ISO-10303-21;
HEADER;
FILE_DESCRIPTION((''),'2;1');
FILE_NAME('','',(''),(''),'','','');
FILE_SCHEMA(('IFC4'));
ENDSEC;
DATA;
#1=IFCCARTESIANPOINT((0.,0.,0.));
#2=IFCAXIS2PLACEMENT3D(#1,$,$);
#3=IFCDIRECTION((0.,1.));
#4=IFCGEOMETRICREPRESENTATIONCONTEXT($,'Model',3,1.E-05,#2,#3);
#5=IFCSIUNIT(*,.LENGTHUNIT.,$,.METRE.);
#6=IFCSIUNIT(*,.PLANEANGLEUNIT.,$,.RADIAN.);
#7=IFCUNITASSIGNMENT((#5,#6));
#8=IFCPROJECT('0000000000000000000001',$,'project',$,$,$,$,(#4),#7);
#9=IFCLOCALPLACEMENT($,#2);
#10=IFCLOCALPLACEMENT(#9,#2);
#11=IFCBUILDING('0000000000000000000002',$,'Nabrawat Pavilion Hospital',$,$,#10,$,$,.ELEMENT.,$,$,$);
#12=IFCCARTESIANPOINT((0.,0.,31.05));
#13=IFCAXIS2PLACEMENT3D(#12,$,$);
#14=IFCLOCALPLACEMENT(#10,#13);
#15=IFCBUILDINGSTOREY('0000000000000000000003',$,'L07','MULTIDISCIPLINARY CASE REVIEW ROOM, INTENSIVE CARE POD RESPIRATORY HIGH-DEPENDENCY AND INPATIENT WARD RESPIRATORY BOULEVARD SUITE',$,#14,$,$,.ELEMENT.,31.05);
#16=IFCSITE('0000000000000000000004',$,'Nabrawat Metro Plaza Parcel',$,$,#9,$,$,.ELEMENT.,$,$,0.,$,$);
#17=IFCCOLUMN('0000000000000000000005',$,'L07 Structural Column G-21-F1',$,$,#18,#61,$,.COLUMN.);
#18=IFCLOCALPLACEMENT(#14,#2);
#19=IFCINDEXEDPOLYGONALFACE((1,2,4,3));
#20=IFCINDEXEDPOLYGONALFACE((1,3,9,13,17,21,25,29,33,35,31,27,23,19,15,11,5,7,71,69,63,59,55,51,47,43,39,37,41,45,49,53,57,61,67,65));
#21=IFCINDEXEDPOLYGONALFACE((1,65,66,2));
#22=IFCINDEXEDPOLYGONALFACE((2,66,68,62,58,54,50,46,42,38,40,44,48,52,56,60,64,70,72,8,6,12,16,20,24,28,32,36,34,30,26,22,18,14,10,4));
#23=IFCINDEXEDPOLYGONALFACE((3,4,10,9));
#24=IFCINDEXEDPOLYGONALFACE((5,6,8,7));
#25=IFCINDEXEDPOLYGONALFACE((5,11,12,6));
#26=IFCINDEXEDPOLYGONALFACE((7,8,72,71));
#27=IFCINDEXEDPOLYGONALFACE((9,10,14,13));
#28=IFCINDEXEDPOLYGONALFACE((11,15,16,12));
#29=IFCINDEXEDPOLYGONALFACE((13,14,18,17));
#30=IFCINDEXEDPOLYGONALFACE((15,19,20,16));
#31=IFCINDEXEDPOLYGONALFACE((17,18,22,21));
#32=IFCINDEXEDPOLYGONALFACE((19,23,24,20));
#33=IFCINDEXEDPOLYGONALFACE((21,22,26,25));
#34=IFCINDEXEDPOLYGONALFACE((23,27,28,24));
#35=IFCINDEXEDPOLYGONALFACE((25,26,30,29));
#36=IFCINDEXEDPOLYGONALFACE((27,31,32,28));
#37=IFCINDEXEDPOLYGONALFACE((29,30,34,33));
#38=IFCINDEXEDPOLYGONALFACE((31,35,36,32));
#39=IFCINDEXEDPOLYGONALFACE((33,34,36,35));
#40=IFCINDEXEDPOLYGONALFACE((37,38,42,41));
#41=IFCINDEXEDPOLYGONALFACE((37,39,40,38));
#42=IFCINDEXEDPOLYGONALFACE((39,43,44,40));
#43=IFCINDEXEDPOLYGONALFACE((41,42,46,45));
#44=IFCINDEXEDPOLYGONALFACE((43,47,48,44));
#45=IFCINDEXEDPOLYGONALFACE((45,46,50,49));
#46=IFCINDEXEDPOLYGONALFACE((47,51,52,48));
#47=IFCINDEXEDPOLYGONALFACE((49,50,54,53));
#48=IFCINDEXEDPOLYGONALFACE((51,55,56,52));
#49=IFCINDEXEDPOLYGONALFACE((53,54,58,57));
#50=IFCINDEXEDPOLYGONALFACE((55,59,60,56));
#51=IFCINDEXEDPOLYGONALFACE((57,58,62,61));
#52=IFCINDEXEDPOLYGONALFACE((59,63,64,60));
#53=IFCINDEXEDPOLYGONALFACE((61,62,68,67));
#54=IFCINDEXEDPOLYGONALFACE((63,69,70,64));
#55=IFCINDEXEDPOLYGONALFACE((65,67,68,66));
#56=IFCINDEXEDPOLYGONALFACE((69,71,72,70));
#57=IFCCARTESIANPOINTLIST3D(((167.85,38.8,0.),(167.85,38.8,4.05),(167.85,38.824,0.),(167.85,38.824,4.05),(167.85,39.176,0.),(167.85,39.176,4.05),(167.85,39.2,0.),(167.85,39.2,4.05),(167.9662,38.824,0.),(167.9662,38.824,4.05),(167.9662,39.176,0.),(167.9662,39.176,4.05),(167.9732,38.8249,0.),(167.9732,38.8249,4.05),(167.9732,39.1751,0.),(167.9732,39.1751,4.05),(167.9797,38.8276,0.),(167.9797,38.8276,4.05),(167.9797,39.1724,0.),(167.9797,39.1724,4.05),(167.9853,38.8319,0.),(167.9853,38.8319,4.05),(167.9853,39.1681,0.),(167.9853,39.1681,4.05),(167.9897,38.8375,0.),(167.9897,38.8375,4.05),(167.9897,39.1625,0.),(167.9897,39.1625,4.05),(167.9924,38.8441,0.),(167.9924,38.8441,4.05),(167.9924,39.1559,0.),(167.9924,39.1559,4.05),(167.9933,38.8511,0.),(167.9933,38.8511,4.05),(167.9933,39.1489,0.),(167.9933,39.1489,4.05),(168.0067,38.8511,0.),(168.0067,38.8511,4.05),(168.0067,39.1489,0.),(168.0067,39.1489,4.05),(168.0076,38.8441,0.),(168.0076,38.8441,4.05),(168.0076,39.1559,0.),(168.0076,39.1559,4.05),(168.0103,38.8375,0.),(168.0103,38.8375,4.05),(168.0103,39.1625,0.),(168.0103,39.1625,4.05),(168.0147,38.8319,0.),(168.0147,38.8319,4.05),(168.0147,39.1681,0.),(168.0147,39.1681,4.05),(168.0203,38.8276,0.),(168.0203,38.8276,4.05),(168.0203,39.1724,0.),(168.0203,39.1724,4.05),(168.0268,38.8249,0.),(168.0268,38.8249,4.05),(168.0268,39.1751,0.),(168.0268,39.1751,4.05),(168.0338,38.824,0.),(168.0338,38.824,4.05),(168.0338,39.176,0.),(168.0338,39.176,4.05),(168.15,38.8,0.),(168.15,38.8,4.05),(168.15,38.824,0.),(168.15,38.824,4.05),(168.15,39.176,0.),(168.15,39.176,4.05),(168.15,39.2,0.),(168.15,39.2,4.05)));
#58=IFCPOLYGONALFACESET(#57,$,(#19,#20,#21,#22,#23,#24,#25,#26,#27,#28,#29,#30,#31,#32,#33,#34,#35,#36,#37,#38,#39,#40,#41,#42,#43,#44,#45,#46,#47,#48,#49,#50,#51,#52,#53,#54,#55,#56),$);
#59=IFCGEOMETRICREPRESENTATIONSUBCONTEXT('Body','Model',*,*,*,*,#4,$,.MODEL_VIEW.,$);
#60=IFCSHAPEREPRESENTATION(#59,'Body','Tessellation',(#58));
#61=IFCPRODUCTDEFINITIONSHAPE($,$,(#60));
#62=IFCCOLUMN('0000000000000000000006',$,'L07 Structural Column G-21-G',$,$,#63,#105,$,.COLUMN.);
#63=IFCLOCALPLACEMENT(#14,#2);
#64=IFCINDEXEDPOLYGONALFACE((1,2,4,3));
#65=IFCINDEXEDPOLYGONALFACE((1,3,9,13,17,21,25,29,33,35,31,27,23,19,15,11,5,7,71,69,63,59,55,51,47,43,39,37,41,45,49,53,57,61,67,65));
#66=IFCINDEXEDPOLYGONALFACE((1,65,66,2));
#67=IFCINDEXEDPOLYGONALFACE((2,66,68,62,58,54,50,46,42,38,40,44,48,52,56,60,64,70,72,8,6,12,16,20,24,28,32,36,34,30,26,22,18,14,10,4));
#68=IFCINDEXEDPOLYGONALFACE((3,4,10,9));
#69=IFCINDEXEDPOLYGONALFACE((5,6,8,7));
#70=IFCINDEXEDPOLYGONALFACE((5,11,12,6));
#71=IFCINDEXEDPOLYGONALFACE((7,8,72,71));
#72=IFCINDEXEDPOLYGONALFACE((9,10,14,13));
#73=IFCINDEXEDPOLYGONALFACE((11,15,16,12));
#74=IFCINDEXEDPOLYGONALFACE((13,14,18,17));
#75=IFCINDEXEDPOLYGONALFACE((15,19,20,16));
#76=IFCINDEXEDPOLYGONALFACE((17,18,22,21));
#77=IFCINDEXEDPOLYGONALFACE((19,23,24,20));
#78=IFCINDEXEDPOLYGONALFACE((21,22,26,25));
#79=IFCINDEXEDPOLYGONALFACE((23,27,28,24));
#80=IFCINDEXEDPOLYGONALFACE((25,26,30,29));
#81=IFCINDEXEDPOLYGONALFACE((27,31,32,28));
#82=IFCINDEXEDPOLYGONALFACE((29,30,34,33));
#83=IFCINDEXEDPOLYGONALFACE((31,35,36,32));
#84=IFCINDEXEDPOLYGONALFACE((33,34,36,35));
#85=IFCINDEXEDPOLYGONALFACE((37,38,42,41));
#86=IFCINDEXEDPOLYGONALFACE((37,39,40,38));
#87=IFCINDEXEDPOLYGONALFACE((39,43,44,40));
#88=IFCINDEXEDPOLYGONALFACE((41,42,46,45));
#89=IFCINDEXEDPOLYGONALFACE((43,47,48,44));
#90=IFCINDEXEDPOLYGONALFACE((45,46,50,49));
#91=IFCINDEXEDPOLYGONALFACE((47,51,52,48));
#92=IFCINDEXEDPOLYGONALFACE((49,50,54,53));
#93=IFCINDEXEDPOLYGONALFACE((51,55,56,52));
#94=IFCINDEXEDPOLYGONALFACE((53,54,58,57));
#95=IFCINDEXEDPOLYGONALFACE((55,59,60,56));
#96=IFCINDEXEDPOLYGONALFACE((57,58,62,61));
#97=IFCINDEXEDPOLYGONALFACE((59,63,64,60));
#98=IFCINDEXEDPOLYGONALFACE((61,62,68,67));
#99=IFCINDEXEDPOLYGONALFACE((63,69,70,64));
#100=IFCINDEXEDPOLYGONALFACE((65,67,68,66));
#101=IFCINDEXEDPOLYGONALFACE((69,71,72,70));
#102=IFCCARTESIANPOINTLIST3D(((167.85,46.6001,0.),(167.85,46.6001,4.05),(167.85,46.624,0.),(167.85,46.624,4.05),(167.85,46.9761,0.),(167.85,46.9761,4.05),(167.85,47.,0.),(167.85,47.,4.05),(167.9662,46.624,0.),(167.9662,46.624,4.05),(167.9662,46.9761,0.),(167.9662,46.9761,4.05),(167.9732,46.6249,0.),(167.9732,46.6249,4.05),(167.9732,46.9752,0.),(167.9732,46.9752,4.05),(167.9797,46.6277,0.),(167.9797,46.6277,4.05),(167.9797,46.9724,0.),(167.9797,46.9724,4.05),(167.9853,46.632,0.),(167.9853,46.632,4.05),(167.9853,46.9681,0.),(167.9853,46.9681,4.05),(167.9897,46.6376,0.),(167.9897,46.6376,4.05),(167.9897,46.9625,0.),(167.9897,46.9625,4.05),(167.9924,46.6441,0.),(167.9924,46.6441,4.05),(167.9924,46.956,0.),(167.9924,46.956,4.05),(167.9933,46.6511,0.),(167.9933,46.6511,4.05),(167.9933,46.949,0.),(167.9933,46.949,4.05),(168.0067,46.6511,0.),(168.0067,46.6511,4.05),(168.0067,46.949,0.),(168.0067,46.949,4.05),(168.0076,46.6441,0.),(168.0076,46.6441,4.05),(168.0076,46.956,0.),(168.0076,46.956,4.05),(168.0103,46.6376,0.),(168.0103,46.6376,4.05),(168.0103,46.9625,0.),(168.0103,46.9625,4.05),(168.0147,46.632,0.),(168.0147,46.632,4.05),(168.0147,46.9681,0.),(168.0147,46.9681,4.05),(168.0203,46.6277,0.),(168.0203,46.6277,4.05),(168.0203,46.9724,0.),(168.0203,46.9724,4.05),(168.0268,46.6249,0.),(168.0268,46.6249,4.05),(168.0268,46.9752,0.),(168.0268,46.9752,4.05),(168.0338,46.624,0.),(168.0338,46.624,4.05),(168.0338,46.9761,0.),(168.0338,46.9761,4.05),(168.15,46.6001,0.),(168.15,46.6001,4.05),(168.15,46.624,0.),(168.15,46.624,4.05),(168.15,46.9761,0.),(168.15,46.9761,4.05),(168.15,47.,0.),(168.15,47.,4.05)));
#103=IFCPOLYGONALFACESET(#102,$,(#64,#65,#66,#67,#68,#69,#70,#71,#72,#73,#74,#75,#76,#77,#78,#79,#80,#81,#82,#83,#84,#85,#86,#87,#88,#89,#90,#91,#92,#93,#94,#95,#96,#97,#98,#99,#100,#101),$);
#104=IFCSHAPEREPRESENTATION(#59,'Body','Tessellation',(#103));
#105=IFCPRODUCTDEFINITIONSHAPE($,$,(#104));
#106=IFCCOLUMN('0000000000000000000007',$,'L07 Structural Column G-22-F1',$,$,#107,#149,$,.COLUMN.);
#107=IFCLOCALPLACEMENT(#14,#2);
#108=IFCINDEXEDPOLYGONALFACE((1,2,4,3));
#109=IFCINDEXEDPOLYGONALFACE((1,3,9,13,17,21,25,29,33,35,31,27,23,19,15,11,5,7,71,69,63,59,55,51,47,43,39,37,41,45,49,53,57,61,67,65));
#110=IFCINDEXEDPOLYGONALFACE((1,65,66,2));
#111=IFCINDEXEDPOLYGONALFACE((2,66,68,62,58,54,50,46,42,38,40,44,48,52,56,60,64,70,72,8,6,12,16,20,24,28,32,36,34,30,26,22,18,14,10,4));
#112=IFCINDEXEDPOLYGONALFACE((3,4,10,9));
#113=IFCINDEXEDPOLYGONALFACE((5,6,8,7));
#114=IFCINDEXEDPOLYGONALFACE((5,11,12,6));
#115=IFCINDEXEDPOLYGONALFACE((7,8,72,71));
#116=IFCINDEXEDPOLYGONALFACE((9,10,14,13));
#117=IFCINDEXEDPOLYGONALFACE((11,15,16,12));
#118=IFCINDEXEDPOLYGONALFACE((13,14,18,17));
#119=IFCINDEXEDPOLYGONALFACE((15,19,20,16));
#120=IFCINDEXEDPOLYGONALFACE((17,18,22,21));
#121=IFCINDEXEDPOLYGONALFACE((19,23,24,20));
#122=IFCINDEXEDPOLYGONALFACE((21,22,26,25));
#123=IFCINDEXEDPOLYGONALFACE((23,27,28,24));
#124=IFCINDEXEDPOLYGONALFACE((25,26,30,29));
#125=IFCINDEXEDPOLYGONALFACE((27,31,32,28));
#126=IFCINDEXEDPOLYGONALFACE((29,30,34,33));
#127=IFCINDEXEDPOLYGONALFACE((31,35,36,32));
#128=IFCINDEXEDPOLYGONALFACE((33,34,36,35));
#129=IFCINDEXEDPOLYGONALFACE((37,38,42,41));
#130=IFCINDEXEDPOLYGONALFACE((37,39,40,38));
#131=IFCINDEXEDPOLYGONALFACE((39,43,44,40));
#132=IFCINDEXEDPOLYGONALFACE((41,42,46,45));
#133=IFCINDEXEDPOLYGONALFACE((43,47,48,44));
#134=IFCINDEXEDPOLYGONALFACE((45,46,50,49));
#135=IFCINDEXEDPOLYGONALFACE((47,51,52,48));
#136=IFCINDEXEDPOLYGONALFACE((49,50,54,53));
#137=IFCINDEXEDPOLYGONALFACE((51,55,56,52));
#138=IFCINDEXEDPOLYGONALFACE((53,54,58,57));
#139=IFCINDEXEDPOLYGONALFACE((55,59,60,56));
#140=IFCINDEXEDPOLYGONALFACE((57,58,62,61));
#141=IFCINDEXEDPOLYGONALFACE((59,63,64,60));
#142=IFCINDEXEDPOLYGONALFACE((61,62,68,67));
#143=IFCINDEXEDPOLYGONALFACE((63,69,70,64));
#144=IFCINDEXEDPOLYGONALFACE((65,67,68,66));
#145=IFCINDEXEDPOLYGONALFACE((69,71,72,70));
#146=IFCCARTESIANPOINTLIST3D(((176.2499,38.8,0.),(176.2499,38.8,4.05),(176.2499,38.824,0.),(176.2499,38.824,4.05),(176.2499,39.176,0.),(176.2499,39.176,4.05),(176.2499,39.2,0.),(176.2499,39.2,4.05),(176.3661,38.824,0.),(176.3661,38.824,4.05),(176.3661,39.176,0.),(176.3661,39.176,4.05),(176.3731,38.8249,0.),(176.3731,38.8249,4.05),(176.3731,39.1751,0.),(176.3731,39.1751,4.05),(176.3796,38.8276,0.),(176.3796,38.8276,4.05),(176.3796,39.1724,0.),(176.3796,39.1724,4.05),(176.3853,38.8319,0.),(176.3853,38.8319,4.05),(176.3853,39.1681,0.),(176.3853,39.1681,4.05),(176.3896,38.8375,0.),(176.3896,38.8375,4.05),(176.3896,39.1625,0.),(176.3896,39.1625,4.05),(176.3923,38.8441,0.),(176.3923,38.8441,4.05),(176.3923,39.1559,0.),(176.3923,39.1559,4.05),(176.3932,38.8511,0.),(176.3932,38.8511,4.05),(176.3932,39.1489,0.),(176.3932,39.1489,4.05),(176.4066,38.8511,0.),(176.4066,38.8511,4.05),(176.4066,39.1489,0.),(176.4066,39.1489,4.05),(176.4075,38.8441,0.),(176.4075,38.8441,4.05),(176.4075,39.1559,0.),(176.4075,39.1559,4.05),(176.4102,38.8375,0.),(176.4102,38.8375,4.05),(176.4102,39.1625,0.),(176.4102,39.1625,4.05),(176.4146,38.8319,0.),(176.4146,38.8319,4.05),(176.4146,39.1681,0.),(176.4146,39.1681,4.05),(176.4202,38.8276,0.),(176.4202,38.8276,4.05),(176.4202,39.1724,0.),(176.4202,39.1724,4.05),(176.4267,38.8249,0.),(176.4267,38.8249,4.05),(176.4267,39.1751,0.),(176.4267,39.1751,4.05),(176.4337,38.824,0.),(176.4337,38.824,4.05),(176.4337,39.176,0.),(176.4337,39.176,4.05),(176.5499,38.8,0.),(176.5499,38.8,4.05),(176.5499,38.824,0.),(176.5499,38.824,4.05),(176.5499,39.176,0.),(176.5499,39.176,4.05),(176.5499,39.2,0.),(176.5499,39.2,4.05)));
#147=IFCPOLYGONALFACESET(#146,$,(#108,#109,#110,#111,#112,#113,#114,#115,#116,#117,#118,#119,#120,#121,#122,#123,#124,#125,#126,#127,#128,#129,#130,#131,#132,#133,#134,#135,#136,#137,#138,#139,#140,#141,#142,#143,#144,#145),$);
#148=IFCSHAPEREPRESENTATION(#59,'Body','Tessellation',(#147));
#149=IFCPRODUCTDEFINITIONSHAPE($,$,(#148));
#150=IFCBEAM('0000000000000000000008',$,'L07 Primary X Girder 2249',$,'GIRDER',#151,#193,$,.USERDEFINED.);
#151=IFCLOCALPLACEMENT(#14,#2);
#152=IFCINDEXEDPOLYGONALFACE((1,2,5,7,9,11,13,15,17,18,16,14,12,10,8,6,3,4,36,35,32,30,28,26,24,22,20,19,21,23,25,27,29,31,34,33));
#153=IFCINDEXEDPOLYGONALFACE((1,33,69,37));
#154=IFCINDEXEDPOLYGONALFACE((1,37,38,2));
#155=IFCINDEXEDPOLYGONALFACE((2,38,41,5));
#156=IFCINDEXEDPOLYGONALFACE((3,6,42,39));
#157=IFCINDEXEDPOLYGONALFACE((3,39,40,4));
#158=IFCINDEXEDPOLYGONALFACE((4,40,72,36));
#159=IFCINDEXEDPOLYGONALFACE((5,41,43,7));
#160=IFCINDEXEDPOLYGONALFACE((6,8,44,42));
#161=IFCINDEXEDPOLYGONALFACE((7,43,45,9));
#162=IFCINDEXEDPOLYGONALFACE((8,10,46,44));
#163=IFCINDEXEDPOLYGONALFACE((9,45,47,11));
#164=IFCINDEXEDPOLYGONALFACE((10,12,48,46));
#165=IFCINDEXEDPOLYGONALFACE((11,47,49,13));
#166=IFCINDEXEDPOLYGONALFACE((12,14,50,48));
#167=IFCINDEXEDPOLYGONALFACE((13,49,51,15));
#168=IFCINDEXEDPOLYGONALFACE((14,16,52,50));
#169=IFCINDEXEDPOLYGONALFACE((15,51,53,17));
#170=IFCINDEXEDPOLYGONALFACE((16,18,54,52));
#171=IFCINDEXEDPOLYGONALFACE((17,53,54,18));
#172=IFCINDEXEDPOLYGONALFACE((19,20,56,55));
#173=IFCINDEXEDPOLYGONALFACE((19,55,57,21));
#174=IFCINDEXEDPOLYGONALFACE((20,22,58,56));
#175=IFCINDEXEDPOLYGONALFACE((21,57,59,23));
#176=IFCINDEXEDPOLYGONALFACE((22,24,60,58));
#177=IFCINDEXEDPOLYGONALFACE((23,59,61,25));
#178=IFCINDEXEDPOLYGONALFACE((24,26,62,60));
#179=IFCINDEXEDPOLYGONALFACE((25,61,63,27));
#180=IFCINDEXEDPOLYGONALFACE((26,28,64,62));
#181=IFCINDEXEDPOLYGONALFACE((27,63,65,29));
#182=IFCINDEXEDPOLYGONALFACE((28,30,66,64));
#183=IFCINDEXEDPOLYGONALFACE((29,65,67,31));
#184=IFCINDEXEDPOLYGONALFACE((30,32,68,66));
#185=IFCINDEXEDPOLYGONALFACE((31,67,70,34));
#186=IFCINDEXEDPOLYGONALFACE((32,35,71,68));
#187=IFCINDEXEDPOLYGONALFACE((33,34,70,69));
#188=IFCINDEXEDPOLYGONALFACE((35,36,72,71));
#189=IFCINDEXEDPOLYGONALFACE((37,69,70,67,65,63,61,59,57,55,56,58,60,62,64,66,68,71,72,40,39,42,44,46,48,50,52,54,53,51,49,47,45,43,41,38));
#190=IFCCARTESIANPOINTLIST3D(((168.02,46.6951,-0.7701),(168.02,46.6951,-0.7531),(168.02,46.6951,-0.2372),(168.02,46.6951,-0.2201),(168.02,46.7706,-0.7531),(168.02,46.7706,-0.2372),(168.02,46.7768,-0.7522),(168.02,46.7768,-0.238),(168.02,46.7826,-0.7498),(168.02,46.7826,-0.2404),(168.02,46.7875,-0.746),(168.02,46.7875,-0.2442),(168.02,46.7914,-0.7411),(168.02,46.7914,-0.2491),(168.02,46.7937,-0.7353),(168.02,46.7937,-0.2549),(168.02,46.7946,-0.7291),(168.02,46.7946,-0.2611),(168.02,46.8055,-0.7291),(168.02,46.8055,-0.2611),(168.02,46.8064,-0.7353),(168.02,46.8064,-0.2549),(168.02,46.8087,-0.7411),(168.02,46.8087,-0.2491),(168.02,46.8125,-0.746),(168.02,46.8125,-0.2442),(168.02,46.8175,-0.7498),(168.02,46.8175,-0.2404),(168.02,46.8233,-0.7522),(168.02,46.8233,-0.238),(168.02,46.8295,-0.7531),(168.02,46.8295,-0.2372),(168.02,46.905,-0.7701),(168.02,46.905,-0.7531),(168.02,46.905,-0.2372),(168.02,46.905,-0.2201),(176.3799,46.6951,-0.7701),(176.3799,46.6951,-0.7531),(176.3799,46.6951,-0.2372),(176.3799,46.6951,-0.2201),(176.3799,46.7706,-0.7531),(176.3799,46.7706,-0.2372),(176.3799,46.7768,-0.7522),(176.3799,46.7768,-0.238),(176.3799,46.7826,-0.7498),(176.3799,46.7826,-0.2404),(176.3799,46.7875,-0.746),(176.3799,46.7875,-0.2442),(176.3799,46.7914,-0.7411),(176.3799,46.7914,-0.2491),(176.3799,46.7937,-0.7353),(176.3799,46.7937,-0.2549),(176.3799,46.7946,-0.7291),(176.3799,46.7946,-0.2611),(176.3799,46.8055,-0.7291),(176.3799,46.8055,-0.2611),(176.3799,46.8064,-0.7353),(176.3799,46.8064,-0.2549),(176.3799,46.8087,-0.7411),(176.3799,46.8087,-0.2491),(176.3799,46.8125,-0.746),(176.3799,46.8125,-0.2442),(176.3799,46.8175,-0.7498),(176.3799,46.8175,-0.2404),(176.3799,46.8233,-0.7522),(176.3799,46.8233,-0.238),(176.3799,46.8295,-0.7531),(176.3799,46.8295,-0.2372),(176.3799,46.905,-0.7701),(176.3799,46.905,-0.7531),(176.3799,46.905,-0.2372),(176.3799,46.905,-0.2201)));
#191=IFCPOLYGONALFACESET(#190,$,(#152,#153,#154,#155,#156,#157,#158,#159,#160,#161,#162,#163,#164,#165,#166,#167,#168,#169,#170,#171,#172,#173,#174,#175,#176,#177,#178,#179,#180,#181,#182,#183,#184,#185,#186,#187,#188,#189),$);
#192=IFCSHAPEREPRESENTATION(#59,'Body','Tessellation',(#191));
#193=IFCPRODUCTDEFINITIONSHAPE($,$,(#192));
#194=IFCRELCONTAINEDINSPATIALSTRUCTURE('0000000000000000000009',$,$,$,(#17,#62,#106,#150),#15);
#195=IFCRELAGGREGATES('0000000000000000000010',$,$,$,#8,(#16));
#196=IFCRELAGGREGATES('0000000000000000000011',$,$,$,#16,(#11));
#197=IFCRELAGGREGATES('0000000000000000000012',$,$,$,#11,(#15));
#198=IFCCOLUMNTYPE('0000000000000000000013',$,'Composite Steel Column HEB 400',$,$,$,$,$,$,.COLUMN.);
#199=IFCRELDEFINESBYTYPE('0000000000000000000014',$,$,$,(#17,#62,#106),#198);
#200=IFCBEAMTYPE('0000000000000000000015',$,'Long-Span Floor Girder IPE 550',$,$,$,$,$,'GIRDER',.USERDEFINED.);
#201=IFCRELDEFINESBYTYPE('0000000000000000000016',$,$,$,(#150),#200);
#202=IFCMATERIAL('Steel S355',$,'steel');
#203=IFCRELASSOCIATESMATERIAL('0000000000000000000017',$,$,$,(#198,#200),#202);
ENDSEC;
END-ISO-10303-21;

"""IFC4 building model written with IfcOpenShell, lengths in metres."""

from ifc_helpers import new_model, si_unit, direction, frame, origin, origin_2d, place, context, subcontext, project, spatial, i_section, extrude, material, material_profile, profile_set, type_object, element, save


model = new_model("IFC4")

# Units and contexts
model_context = context("Model", 3, precision=1e-05, world=origin(), true_north=direction((0.0, 1.0)))
body_context = subcontext(model_context, "Body", "Model", "MODEL_VIEW")
ifc_project = project(units=[si_unit("LENGTHUNIT", "METRE"), si_unit("PLANEANGLEUNIT", "RADIAN")], contexts=[model_context])

# Site, building, storey
site_placement = place(None, origin())
site = spatial("IfcSite", under=ifc_project, at=site_placement, Name="Nabrawat Metro Plaza Parcel", CompositionType="ELEMENT", RefElevation=0.0)
building_placement = place(site_placement, origin())
building = spatial("IfcBuilding", under=site, at=building_placement, Name="Nabrawat Pavilion Hospital", CompositionType="ELEMENT")
storey_placement = place(building_placement, frame((0.0, 0.0, 31.05)))
storey = spatial("IfcBuildingStorey", under=building, at=storey_placement, Name="L07", Description="MULTIDISCIPLINARY CASE REVIEW ROOM, INTENSIVE CARE POD RESPIRATORY HIGH-DEPENDENCY AND INPATIENT WARD RESPIRATORY BOULEVARD SUITE", CompositionType="ELEMENT", Elevation=31.05)

# Columns
ifc_material_1 = material(Name="Steel S355", Category="steel")
ifc_material_profile_1 = material_profile(ifc_material_1, i_section(OverallWidth=0.3, OverallDepth=0.3999, WebThickness=0.0134, FlangeThickness=0.0239, FilletRadius=0.0271, at=origin_2d()), Name="HEB 400")
ifc_profile_set_1 = profile_set([ifc_material_profile_1], Name="Steel S355")
column_type = type_object("IfcColumnType", Name="Composite Steel Column HEB 400", PredefinedType="COLUMN", material=ifc_profile_set_1)
for number, where, z_axis, x_axis, name in (
    (1, (168.0, 39.0, 0.0), (0.0, 0.0, 1.0), (1.0, 0.0, 0.0), "L07 Structural Column G-21-F1"),
    (2, (168.0, 46.8, 0.0), (0.0, 0.0, 1.0), (1.0, 0.0, 0.0), "L07 Structural Column G-21-G"),
    (3, (176.3999, 39.0, 0.0), (0.0, 0.0, 1.0), (1.0, 0.0, 0.0), "L07 Structural Column G-22-F1"),
):
    element("IfcColumn", number, at=place(storey_placement, frame(where, z_axis=z_axis, x_axis=x_axis)), inside=storey, type_object=column_type, Name=name, PredefinedType="COLUMN", context=body_context, shape_type="SweptSolid", body=[
        extrude(i_section(OverallWidth=0.3, OverallDepth=0.3999, WebThickness=0.0134, FlangeThickness=0.0239, FilletRadius=0.0271, at=origin_2d()), origin(), (0.0, 0.0, 1.0), 4.05),
    ])

# Beam
ifc_material_profile_2 = material_profile(ifc_material_1, i_section(OverallWidth=0.21, OverallDepth=0.55, WebThickness=0.011, FlangeThickness=0.0171, FilletRadius=0.0239, at=origin_2d()), Name="IPE 550")
ifc_profile_set_2 = profile_set([ifc_material_profile_2], Name="Steel S355")
beam_type_1 = type_object("IfcBeamType", Name="Long-Span Floor Girder IPE 550", ElementType="GIRDER", PredefinedType="USERDEFINED", material=ifc_profile_set_2)
beam_1_placement = place(storey_placement, frame((168.02, 46.8, -0.4951), z_axis=(1.0, 0.0, 0.0), x_axis=(0.0, 1.0, 0.0)))
element("IfcBeam", 4, at=beam_1_placement, inside=storey, type_object=beam_type_1, Name="L07 Primary X Girder 2249", ObjectType="GIRDER", PredefinedType="USERDEFINED", context=body_context, shape_type="SweptSolid", body=[
    extrude(i_section(OverallWidth=0.21, OverallDepth=0.55, WebThickness=0.011, FlangeThickness=0.0171, FilletRadius=0.0239, at=origin_2d()), origin(), (0.0, 0.0, 1.0), 8.3599),
])

save(model, "model.ifc")
